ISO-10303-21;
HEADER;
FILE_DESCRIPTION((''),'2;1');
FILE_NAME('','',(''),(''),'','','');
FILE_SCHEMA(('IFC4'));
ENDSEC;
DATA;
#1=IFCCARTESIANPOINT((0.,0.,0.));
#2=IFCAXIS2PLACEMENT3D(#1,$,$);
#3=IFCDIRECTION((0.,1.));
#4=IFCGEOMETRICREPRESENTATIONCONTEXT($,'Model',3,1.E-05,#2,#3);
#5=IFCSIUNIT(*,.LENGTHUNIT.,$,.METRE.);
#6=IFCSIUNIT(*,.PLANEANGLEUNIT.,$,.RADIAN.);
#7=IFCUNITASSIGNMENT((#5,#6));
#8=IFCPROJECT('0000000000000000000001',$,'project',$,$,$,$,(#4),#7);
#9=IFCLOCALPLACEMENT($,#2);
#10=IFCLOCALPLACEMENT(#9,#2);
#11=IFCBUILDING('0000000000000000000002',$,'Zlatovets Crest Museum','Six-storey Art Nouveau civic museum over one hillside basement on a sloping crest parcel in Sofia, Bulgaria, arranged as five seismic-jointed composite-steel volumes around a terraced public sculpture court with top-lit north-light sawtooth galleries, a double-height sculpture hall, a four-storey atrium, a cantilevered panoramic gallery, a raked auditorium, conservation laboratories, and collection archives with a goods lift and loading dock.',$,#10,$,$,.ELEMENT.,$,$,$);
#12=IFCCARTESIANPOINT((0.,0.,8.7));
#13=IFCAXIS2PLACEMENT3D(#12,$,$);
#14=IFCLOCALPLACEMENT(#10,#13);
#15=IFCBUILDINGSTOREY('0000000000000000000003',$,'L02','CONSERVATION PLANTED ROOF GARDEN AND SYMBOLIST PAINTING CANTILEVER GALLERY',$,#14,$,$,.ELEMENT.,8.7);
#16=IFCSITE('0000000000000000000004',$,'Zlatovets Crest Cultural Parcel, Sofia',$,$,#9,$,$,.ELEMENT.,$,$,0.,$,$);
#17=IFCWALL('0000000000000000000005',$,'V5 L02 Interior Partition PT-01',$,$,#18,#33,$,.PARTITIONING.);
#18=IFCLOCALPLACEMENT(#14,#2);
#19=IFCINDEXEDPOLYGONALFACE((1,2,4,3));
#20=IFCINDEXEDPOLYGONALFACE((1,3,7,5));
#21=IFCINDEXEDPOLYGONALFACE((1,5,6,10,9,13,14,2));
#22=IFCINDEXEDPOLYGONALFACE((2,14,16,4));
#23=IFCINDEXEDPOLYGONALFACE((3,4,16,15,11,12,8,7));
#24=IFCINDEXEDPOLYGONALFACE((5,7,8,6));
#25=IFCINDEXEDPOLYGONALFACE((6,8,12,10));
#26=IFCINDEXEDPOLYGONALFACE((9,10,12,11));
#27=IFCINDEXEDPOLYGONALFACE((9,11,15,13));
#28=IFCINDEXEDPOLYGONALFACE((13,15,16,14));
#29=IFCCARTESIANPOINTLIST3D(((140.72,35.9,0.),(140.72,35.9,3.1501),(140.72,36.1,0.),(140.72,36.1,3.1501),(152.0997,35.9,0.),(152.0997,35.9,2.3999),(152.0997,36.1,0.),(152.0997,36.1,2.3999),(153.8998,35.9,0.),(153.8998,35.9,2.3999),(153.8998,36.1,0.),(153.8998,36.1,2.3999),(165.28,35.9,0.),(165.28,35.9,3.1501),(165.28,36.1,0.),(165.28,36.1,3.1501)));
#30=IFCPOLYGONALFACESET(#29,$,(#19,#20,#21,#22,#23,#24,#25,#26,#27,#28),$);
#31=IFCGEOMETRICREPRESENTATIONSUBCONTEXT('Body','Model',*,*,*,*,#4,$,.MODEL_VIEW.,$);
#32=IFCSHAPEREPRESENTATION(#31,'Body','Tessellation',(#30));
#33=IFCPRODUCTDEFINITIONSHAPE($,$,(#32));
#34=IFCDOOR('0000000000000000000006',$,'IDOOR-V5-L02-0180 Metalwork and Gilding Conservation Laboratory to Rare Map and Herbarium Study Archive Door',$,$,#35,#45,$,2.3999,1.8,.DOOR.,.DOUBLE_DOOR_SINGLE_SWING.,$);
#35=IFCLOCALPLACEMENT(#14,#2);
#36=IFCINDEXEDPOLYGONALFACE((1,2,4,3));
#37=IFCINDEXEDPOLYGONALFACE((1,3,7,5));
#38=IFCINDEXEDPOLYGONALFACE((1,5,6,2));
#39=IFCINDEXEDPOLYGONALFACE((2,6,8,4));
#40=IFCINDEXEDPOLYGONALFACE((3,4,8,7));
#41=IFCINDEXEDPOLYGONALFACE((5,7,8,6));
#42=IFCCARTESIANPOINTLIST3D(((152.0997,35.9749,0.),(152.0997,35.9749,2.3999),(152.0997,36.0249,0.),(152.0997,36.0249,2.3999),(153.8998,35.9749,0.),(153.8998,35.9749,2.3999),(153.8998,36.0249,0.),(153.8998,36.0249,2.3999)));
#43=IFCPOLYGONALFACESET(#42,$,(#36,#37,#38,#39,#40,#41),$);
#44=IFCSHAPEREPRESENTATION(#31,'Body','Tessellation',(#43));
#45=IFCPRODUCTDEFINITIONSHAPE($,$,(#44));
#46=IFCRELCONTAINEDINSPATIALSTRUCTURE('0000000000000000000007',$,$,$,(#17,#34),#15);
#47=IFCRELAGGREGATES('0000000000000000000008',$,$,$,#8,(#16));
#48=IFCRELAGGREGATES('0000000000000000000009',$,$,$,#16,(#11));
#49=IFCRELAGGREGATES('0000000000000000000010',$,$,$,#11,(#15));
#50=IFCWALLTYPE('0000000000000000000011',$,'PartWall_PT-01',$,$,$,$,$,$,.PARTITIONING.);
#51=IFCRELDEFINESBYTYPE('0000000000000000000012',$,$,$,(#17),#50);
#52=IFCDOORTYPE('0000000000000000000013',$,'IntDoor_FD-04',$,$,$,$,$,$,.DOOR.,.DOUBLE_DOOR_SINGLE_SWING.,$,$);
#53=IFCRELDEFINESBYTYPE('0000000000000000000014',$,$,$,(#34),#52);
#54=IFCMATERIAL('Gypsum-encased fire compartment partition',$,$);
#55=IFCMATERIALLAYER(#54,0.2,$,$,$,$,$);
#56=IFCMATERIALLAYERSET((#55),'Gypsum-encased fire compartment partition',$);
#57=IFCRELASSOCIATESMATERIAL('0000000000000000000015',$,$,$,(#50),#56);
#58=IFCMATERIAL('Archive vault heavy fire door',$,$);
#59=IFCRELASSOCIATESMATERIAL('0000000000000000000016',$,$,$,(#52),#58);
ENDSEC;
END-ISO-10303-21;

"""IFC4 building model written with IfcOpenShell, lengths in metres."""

from ifc_helpers import new_model, si_unit, direction, frame, frame_2d, origin, place, context, subcontext, project, spatial, rectangle, extrude, material, layer, layer_set, type_object, element, fill, save


model = new_model("IFC4")

# Units and contexts
model_context = context("Model", 3, precision=1e-05, world=origin(), true_north=direction((0.0, 1.0)))
body_context = subcontext(model_context, "Body", "Model", "MODEL_VIEW")
ifc_project = project(units=[si_unit("LENGTHUNIT", "METRE"), si_unit("PLANEANGLEUNIT", "RADIAN")], contexts=[model_context])

# Site, building, storey
site_placement = place(None, origin())
site = spatial("IfcSite", under=ifc_project, at=site_placement, Name="Zlatovets Crest Cultural Parcel, Sofia", CompositionType="ELEMENT", RefElevation=0.0)
building_placement = place(site_placement, origin())
building = spatial("IfcBuilding", under=site, at=building_placement, Name="Zlatovets Crest Museum", Description="Six-storey Art Nouveau civic museum over one hillside basement on a sloping crest parcel in Sofia, Bulgaria, arranged as five seismic-jointed composite-steel volumes around a terraced public sculpture court with top-lit north-light sawtooth galleries, a double-height sculpture hall, a four-storey atrium, a cantilevered panoramic gallery, a raked auditorium, conservation laboratories, and collection archives with a goods lift and loading dock.", CompositionType="ELEMENT")
storey_placement = place(building_placement, frame((0.0, 0.0, 8.7)))
storey = spatial("IfcBuildingStorey", under=building, at=storey_placement, Name="L02", Description="CONSERVATION PLANTED ROOF GARDEN AND SYMBOLIST PAINTING CANTILEVER GALLERY", CompositionType="ELEMENT", Elevation=8.7)

# Wall, opening, door
ifc_material_1 = material(Name="Gypsum-encased fire compartment partition")
ifc_layer = layer(ifc_material_1, 0.2)
ifc_layer_set = layer_set([ifc_layer], Name="Gypsum-encased fire compartment partition")
wall_type = type_object("IfcWallType", Name="PartWall_PT-01", PredefinedType="PARTITIONING", material=ifc_layer_set)
ifc_material_2 = material(Name="Archive vault heavy fire door")
door_type = type_object("IfcDoorType", Name="IntDoor_FD-04", OperationType="DOUBLE_DOOR_SINGLE_SWING", PredefinedType="DOOR", material=ifc_material_2)
wall_1_placement = place(storey_placement, frame((140.72, 36.0, 0.0), z_axis=(0.0, 0.0, 1.0), x_axis=(1.0, 0.0, 0.0)))
wall_1 = element("IfcWall", 1, at=wall_1_placement, inside=storey, type_object=wall_type, Name="V5 L02 Interior Partition PT-01", PredefinedType="PARTITIONING", context=body_context, shape_type="SweptSolid", body=[
    extrude(rectangle(XDim=24.5601, YDim=0.2, at=frame_2d((12.28, 0.0))), origin(), (0.0, 0.0, 1.0), 3.1501),
])
opening_1_placement = place(wall_1_placement, frame((11.3799, 0.0, 0.0)))
opening_1 = element("IfcOpeningElement", 2, at=opening_1_placement, cuts=wall_1, PredefinedType="OPENING", context=body_context, shape_type="SweptSolid", body=[
    extrude(rectangle(XDim=1.8, YDim=2.3999, at=frame_2d((0.8999, 1.2))), frame((0.0, 0.1099, 0.0), z_axis=(0.0, -1.0, 0.0), x_axis=(1.0, 0.0, 0.0)), (0.0, 0.0, 1.0), 0.22),
])
door_1_placement = place(opening_1_placement, origin())
door_1 = element("IfcDoor", 3, at=door_1_placement, inside=storey, type_object=door_type, Name="IDOOR-V5-L02-0180 Metalwork and Gilding Conservation Laboratory to Rare Map and Herbarium Study Archive Door", OperationType="DOUBLE_DOOR_SINGLE_SWING", OverallHeight=2.3999, OverallWidth=1.8, PredefinedType="DOOR", context=body_context, shape_type="SweptSolid", body=[
    extrude(rectangle(XDim=1.8, YDim=2.3999, at=frame_2d((0.8999, 1.2))), frame((0.0, 0.0249, 0.0), z_axis=(0.0, -1.0, 0.0), x_axis=(1.0, 0.0, 0.0)), (0.0, 0.0, 1.0), 0.05),
])
fill(opening_1, door_1)

save(model, "model.ifc")
